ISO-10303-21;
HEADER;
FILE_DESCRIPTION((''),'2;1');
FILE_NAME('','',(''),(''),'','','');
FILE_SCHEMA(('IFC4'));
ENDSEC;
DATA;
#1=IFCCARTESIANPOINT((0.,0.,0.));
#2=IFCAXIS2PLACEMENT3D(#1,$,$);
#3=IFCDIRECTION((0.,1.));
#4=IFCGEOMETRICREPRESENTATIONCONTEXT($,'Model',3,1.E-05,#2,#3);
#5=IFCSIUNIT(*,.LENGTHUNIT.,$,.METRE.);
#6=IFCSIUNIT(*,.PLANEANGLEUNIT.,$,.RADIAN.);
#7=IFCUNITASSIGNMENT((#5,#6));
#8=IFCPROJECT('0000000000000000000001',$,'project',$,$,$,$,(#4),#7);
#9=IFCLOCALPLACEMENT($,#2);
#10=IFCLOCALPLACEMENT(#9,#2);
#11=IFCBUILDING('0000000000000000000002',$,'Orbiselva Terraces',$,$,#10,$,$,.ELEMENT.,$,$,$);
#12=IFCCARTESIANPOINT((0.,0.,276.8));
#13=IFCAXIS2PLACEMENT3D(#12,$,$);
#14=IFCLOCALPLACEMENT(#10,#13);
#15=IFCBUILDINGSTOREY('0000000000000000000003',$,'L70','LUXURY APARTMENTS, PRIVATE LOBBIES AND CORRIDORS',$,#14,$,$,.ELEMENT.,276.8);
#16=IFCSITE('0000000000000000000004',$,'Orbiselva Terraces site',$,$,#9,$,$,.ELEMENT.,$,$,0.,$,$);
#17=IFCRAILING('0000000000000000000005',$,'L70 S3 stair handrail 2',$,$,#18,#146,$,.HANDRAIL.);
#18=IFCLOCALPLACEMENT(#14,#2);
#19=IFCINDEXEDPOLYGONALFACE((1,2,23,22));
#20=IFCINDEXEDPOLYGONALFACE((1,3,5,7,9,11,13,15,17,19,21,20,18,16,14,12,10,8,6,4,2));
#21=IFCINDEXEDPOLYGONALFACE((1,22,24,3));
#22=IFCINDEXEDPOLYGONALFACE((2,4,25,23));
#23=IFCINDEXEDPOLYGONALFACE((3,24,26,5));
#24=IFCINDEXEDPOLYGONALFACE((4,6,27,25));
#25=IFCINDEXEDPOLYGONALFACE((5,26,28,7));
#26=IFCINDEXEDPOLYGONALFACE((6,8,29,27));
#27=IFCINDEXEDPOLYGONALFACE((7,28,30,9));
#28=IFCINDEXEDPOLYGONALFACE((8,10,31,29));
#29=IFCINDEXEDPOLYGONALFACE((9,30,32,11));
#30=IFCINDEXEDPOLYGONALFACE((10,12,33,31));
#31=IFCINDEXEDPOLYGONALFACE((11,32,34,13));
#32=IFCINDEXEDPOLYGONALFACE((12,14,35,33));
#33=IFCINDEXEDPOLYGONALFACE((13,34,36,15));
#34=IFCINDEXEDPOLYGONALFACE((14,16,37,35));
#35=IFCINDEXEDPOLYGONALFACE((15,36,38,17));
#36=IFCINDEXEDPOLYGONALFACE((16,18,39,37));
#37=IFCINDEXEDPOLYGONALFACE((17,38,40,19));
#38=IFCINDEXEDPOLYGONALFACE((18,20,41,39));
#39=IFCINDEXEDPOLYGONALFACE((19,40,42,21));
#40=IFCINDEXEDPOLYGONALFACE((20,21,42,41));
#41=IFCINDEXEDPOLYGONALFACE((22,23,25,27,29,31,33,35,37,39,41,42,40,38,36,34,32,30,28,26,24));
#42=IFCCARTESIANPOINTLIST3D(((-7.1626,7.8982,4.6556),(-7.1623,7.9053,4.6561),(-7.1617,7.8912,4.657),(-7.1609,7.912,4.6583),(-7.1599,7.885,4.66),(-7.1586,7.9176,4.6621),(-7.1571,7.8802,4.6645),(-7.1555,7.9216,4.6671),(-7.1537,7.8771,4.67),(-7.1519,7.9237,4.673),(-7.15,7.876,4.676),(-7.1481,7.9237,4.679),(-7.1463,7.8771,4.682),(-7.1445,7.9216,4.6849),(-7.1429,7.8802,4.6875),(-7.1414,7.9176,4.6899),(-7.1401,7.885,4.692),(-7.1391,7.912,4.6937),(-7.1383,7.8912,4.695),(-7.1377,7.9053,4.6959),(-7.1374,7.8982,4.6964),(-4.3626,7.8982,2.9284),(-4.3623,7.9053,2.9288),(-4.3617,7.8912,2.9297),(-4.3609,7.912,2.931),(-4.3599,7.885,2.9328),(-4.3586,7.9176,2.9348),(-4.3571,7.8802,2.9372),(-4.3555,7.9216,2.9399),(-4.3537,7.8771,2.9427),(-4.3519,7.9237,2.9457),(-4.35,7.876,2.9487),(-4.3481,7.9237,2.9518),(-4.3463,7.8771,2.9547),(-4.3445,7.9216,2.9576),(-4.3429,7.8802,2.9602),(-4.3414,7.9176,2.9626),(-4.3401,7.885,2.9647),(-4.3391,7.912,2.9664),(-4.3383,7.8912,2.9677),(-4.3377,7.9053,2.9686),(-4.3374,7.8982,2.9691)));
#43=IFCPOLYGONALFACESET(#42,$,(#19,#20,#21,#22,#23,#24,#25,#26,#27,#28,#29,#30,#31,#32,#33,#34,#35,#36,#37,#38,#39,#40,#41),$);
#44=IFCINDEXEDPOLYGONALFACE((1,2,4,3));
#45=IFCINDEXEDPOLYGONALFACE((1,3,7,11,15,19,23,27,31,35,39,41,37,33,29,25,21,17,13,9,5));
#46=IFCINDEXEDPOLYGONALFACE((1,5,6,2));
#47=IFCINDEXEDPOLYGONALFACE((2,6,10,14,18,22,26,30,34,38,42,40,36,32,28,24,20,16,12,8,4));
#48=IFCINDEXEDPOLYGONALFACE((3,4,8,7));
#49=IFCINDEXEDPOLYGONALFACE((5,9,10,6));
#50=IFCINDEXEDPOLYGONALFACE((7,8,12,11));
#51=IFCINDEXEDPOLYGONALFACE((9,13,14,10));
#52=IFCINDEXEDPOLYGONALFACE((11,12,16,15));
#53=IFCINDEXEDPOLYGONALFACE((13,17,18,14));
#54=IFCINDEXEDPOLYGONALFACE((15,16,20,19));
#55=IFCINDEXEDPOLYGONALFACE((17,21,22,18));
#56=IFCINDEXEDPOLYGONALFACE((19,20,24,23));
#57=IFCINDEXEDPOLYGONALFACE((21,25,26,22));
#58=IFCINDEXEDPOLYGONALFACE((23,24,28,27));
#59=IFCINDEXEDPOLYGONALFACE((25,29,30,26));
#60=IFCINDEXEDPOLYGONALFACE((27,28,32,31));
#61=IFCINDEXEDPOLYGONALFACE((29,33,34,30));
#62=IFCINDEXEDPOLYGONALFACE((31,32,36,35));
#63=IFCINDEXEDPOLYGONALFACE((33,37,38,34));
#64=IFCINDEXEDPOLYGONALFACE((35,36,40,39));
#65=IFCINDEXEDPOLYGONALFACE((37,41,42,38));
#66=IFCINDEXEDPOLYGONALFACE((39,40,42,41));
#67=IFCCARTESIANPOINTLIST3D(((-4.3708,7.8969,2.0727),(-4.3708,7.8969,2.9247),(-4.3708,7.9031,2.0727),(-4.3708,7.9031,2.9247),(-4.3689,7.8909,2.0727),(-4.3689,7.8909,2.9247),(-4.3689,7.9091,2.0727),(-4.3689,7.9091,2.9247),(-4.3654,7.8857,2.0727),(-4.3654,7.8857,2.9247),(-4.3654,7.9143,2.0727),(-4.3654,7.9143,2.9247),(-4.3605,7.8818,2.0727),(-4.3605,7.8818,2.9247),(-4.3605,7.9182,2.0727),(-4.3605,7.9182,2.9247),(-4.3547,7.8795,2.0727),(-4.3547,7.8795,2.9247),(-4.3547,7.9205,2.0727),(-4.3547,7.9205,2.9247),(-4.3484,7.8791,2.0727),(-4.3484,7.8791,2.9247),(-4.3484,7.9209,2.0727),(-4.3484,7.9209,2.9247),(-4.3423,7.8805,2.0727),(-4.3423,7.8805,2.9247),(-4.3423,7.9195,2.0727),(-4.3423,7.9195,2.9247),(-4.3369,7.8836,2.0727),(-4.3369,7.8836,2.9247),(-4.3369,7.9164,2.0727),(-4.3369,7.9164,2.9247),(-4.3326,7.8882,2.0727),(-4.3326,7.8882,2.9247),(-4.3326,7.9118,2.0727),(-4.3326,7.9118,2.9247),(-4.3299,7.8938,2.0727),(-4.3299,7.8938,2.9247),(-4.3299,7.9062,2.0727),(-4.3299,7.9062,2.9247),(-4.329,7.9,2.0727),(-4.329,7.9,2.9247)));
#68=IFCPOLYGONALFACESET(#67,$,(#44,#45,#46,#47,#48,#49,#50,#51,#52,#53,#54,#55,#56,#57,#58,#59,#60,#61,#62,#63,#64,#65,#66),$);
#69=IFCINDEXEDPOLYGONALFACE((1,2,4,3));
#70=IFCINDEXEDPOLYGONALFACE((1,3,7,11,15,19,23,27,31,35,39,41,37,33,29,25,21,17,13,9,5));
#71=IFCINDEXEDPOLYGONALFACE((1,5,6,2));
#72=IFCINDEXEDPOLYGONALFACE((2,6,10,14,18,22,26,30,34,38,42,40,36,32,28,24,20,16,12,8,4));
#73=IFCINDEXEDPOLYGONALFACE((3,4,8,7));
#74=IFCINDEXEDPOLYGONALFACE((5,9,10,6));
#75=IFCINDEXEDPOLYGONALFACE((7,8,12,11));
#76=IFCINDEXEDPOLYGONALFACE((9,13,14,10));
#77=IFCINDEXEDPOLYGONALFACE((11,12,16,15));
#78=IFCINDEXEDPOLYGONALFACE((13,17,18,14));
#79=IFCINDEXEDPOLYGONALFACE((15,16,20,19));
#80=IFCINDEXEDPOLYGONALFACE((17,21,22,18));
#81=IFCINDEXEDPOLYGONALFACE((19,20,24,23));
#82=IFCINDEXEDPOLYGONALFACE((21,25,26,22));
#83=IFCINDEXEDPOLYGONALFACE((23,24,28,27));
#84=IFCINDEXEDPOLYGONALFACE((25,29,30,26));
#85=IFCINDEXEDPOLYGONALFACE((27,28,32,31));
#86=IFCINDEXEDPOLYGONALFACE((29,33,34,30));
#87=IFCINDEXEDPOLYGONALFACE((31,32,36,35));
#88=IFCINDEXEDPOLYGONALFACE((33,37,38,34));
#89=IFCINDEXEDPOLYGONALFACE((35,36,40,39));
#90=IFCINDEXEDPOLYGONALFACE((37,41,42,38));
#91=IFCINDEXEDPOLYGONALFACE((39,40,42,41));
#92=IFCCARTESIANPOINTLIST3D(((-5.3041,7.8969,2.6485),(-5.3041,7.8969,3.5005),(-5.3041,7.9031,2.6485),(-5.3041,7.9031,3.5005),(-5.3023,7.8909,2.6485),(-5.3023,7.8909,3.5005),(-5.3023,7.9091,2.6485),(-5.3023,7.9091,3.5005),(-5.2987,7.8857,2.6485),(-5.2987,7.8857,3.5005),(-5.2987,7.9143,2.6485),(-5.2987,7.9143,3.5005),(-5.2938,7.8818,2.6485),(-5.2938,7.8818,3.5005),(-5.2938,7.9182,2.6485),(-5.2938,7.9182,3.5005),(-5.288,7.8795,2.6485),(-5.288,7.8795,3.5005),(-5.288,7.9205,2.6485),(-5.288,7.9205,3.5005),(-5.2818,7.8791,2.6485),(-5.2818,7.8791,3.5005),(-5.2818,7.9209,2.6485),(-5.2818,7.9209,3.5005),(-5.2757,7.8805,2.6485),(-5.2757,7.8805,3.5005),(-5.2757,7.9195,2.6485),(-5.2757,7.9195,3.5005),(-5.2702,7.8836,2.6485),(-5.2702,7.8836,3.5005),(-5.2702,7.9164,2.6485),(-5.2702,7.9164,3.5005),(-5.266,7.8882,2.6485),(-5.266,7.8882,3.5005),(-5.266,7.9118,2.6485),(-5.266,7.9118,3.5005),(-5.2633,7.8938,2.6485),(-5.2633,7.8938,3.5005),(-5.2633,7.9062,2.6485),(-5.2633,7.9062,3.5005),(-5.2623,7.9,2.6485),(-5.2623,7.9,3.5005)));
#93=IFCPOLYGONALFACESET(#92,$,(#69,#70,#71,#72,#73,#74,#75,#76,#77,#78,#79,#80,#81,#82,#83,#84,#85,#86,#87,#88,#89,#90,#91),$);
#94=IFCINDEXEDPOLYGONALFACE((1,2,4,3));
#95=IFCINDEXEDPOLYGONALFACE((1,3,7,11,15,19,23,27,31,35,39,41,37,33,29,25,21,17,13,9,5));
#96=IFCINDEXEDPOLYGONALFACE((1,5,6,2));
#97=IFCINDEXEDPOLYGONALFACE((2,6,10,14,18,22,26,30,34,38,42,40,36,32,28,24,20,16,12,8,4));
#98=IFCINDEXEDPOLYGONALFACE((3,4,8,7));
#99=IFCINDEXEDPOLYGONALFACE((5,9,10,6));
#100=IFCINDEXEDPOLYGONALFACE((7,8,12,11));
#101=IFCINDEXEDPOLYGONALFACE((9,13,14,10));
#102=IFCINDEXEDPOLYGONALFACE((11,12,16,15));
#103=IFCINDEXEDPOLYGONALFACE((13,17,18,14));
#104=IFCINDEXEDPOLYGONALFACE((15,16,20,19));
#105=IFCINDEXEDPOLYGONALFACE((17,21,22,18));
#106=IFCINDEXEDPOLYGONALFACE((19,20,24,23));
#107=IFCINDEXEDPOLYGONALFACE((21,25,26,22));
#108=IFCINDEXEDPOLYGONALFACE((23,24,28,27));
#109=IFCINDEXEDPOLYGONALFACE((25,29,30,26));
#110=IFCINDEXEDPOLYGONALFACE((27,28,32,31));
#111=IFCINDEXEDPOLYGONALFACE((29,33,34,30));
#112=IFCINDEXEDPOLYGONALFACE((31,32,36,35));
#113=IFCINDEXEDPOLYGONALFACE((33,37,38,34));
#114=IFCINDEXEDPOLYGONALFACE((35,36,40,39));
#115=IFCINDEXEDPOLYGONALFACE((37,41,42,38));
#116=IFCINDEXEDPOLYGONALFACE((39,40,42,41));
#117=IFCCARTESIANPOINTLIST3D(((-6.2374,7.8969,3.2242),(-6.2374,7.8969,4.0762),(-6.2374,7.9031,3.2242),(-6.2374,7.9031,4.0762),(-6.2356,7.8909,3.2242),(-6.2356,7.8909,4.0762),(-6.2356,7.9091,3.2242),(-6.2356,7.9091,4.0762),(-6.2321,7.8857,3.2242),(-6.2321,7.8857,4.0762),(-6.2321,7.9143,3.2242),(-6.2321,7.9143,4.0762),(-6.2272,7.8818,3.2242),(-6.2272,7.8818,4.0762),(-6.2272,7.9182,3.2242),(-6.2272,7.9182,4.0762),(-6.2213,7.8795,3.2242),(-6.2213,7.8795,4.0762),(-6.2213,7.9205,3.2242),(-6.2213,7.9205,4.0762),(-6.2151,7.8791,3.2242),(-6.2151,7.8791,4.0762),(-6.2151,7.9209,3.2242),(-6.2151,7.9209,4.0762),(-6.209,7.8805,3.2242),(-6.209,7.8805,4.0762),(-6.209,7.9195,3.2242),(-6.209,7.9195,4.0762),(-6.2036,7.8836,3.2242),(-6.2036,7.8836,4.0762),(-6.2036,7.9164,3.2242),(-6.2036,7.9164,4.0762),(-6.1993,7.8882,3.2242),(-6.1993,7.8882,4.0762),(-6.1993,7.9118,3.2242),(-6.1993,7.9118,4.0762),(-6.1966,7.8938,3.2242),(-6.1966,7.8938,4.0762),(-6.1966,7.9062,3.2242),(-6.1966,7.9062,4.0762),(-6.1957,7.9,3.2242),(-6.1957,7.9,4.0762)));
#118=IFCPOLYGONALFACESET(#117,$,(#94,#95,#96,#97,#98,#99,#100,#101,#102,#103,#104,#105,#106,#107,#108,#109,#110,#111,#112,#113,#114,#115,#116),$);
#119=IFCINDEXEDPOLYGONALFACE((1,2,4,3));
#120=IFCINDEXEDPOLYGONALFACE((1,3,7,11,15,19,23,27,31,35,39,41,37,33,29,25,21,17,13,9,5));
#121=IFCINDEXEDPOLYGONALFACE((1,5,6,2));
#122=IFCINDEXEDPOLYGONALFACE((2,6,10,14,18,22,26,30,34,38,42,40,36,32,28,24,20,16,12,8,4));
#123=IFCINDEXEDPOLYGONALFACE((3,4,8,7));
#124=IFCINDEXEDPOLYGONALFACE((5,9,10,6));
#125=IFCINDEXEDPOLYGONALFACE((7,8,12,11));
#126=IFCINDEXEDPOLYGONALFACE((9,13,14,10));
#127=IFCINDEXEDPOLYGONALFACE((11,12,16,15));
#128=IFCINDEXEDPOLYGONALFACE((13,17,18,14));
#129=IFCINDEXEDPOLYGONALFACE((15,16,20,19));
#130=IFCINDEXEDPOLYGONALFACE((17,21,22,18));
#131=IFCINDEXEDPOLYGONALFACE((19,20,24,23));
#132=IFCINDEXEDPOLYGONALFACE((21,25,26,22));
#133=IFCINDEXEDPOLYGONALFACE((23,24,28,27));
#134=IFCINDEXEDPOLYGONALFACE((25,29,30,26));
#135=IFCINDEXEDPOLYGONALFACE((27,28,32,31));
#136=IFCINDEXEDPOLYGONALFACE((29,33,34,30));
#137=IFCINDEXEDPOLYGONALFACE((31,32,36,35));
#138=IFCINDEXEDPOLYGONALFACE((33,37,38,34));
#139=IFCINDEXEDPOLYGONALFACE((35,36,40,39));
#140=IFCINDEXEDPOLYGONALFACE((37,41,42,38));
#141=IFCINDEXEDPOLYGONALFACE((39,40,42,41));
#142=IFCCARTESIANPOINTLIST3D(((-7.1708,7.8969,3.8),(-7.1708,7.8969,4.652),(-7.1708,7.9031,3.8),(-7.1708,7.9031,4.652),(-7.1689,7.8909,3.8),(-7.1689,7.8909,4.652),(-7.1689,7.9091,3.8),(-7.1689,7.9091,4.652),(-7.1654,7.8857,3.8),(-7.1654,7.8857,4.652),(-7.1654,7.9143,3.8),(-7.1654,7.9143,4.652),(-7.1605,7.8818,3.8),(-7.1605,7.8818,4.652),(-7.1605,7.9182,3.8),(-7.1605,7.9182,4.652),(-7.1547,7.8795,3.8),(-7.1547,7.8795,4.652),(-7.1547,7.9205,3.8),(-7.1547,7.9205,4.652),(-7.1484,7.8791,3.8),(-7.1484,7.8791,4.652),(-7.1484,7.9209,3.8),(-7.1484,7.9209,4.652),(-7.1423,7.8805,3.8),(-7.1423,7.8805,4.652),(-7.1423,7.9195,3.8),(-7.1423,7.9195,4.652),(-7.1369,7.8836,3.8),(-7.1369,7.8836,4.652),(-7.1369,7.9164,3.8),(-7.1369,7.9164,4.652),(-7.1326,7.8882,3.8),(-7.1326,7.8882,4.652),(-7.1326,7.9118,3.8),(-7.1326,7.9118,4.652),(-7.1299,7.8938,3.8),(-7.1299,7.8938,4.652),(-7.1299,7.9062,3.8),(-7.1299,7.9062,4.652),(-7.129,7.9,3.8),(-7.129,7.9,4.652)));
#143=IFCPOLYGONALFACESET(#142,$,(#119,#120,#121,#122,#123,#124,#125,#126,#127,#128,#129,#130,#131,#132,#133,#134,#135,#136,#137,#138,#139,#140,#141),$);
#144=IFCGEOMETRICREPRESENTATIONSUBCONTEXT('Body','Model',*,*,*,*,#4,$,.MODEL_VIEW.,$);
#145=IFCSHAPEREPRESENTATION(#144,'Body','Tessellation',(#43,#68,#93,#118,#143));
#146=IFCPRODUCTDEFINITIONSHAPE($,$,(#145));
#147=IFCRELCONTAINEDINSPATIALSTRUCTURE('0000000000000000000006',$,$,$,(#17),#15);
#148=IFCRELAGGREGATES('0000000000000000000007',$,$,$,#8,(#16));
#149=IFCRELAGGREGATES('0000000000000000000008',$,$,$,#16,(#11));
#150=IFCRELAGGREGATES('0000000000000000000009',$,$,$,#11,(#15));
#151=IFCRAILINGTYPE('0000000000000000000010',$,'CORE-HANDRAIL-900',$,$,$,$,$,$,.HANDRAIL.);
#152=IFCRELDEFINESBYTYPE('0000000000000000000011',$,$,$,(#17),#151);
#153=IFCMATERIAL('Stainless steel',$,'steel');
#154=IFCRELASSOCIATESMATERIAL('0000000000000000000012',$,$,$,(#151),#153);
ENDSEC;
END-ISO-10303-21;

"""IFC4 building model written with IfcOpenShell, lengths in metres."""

from ifc_helpers import new_model, si_unit, direction, frame, origin, origin_2d, place, context, subcontext, project, spatial, circle, extrude, material, type_object, element, save


model = new_model("IFC4")

# Units and contexts
model_context = context("Model", 3, precision=1e-05, world=origin(), true_north=direction((0.0, 1.0)))
body_context = subcontext(model_context, "Body", "Model", "MODEL_VIEW")
ifc_project = project(units=[si_unit("LENGTHUNIT", "METRE"), si_unit("PLANEANGLEUNIT", "RADIAN")], contexts=[model_context])

# Site, building, storey
site_placement = place(None, origin())
site = spatial("IfcSite", under=ifc_project, at=site_placement, Name="Orbiselva Terraces site", CompositionType="ELEMENT", RefElevation=0.0)
building_placement = place(site_placement, origin())
building = spatial("IfcBuilding", under=site, at=building_placement, Name="Orbiselva Terraces", CompositionType="ELEMENT")
storey_placement = place(building_placement, frame((0.0, 0.0, 276.8)))
storey = spatial("IfcBuildingStorey", under=building, at=storey_placement, Name="L70", Description="LUXURY APARTMENTS, PRIVATE LOBBIES AND CORRIDORS", CompositionType="ELEMENT", Elevation=276.8)

# Railing
ifc_material_1 = material(Name="Stainless steel", Category="steel")
railing_type_1 = type_object("IfcRailingType", Name="CORE-HANDRAIL-900", PredefinedType="HANDRAIL", material=ifc_material_1)
railing_1_placement = place(storey_placement, frame((-4.35, 7.9, 2.0727)))
element("IfcRailing", 1, at=railing_1_placement, inside=storey, type_object=railing_type_1, Name="L70 S3 stair handrail 2", PredefinedType="HANDRAIL", context=body_context, shape_type="SweptSolid", body=[
    extrude(circle(Radius=0.024, at=origin_2d()), frame((0.0, 0.0, 0.876), z_axis=(-0.851089, 0.0, 0.525022), x_axis=(0.0, -1.0, 0.0)), (0.0, 0.0, 1.0), 3.2899),
    extrude(circle(Radius=0.021, at=origin_2d()), origin(), (0.0, 0.0, 1.0), 0.852),
    extrude(circle(Radius=0.021, at=origin_2d()), frame((-0.9333, 0.0, 0.5758)), (0.0, 0.0, 1.0), 0.852),
    extrude(circle(Radius=0.021, at=origin_2d()), frame((-1.8667, 0.0, 1.1515)), (0.0, 0.0, 1.0), 0.852),
    extrude(circle(Radius=0.021, at=origin_2d()), frame((-2.8, 0.0, 1.7273)), (0.0, 0.0, 1.0), 0.852),
])

save(model, "model.ifc")
